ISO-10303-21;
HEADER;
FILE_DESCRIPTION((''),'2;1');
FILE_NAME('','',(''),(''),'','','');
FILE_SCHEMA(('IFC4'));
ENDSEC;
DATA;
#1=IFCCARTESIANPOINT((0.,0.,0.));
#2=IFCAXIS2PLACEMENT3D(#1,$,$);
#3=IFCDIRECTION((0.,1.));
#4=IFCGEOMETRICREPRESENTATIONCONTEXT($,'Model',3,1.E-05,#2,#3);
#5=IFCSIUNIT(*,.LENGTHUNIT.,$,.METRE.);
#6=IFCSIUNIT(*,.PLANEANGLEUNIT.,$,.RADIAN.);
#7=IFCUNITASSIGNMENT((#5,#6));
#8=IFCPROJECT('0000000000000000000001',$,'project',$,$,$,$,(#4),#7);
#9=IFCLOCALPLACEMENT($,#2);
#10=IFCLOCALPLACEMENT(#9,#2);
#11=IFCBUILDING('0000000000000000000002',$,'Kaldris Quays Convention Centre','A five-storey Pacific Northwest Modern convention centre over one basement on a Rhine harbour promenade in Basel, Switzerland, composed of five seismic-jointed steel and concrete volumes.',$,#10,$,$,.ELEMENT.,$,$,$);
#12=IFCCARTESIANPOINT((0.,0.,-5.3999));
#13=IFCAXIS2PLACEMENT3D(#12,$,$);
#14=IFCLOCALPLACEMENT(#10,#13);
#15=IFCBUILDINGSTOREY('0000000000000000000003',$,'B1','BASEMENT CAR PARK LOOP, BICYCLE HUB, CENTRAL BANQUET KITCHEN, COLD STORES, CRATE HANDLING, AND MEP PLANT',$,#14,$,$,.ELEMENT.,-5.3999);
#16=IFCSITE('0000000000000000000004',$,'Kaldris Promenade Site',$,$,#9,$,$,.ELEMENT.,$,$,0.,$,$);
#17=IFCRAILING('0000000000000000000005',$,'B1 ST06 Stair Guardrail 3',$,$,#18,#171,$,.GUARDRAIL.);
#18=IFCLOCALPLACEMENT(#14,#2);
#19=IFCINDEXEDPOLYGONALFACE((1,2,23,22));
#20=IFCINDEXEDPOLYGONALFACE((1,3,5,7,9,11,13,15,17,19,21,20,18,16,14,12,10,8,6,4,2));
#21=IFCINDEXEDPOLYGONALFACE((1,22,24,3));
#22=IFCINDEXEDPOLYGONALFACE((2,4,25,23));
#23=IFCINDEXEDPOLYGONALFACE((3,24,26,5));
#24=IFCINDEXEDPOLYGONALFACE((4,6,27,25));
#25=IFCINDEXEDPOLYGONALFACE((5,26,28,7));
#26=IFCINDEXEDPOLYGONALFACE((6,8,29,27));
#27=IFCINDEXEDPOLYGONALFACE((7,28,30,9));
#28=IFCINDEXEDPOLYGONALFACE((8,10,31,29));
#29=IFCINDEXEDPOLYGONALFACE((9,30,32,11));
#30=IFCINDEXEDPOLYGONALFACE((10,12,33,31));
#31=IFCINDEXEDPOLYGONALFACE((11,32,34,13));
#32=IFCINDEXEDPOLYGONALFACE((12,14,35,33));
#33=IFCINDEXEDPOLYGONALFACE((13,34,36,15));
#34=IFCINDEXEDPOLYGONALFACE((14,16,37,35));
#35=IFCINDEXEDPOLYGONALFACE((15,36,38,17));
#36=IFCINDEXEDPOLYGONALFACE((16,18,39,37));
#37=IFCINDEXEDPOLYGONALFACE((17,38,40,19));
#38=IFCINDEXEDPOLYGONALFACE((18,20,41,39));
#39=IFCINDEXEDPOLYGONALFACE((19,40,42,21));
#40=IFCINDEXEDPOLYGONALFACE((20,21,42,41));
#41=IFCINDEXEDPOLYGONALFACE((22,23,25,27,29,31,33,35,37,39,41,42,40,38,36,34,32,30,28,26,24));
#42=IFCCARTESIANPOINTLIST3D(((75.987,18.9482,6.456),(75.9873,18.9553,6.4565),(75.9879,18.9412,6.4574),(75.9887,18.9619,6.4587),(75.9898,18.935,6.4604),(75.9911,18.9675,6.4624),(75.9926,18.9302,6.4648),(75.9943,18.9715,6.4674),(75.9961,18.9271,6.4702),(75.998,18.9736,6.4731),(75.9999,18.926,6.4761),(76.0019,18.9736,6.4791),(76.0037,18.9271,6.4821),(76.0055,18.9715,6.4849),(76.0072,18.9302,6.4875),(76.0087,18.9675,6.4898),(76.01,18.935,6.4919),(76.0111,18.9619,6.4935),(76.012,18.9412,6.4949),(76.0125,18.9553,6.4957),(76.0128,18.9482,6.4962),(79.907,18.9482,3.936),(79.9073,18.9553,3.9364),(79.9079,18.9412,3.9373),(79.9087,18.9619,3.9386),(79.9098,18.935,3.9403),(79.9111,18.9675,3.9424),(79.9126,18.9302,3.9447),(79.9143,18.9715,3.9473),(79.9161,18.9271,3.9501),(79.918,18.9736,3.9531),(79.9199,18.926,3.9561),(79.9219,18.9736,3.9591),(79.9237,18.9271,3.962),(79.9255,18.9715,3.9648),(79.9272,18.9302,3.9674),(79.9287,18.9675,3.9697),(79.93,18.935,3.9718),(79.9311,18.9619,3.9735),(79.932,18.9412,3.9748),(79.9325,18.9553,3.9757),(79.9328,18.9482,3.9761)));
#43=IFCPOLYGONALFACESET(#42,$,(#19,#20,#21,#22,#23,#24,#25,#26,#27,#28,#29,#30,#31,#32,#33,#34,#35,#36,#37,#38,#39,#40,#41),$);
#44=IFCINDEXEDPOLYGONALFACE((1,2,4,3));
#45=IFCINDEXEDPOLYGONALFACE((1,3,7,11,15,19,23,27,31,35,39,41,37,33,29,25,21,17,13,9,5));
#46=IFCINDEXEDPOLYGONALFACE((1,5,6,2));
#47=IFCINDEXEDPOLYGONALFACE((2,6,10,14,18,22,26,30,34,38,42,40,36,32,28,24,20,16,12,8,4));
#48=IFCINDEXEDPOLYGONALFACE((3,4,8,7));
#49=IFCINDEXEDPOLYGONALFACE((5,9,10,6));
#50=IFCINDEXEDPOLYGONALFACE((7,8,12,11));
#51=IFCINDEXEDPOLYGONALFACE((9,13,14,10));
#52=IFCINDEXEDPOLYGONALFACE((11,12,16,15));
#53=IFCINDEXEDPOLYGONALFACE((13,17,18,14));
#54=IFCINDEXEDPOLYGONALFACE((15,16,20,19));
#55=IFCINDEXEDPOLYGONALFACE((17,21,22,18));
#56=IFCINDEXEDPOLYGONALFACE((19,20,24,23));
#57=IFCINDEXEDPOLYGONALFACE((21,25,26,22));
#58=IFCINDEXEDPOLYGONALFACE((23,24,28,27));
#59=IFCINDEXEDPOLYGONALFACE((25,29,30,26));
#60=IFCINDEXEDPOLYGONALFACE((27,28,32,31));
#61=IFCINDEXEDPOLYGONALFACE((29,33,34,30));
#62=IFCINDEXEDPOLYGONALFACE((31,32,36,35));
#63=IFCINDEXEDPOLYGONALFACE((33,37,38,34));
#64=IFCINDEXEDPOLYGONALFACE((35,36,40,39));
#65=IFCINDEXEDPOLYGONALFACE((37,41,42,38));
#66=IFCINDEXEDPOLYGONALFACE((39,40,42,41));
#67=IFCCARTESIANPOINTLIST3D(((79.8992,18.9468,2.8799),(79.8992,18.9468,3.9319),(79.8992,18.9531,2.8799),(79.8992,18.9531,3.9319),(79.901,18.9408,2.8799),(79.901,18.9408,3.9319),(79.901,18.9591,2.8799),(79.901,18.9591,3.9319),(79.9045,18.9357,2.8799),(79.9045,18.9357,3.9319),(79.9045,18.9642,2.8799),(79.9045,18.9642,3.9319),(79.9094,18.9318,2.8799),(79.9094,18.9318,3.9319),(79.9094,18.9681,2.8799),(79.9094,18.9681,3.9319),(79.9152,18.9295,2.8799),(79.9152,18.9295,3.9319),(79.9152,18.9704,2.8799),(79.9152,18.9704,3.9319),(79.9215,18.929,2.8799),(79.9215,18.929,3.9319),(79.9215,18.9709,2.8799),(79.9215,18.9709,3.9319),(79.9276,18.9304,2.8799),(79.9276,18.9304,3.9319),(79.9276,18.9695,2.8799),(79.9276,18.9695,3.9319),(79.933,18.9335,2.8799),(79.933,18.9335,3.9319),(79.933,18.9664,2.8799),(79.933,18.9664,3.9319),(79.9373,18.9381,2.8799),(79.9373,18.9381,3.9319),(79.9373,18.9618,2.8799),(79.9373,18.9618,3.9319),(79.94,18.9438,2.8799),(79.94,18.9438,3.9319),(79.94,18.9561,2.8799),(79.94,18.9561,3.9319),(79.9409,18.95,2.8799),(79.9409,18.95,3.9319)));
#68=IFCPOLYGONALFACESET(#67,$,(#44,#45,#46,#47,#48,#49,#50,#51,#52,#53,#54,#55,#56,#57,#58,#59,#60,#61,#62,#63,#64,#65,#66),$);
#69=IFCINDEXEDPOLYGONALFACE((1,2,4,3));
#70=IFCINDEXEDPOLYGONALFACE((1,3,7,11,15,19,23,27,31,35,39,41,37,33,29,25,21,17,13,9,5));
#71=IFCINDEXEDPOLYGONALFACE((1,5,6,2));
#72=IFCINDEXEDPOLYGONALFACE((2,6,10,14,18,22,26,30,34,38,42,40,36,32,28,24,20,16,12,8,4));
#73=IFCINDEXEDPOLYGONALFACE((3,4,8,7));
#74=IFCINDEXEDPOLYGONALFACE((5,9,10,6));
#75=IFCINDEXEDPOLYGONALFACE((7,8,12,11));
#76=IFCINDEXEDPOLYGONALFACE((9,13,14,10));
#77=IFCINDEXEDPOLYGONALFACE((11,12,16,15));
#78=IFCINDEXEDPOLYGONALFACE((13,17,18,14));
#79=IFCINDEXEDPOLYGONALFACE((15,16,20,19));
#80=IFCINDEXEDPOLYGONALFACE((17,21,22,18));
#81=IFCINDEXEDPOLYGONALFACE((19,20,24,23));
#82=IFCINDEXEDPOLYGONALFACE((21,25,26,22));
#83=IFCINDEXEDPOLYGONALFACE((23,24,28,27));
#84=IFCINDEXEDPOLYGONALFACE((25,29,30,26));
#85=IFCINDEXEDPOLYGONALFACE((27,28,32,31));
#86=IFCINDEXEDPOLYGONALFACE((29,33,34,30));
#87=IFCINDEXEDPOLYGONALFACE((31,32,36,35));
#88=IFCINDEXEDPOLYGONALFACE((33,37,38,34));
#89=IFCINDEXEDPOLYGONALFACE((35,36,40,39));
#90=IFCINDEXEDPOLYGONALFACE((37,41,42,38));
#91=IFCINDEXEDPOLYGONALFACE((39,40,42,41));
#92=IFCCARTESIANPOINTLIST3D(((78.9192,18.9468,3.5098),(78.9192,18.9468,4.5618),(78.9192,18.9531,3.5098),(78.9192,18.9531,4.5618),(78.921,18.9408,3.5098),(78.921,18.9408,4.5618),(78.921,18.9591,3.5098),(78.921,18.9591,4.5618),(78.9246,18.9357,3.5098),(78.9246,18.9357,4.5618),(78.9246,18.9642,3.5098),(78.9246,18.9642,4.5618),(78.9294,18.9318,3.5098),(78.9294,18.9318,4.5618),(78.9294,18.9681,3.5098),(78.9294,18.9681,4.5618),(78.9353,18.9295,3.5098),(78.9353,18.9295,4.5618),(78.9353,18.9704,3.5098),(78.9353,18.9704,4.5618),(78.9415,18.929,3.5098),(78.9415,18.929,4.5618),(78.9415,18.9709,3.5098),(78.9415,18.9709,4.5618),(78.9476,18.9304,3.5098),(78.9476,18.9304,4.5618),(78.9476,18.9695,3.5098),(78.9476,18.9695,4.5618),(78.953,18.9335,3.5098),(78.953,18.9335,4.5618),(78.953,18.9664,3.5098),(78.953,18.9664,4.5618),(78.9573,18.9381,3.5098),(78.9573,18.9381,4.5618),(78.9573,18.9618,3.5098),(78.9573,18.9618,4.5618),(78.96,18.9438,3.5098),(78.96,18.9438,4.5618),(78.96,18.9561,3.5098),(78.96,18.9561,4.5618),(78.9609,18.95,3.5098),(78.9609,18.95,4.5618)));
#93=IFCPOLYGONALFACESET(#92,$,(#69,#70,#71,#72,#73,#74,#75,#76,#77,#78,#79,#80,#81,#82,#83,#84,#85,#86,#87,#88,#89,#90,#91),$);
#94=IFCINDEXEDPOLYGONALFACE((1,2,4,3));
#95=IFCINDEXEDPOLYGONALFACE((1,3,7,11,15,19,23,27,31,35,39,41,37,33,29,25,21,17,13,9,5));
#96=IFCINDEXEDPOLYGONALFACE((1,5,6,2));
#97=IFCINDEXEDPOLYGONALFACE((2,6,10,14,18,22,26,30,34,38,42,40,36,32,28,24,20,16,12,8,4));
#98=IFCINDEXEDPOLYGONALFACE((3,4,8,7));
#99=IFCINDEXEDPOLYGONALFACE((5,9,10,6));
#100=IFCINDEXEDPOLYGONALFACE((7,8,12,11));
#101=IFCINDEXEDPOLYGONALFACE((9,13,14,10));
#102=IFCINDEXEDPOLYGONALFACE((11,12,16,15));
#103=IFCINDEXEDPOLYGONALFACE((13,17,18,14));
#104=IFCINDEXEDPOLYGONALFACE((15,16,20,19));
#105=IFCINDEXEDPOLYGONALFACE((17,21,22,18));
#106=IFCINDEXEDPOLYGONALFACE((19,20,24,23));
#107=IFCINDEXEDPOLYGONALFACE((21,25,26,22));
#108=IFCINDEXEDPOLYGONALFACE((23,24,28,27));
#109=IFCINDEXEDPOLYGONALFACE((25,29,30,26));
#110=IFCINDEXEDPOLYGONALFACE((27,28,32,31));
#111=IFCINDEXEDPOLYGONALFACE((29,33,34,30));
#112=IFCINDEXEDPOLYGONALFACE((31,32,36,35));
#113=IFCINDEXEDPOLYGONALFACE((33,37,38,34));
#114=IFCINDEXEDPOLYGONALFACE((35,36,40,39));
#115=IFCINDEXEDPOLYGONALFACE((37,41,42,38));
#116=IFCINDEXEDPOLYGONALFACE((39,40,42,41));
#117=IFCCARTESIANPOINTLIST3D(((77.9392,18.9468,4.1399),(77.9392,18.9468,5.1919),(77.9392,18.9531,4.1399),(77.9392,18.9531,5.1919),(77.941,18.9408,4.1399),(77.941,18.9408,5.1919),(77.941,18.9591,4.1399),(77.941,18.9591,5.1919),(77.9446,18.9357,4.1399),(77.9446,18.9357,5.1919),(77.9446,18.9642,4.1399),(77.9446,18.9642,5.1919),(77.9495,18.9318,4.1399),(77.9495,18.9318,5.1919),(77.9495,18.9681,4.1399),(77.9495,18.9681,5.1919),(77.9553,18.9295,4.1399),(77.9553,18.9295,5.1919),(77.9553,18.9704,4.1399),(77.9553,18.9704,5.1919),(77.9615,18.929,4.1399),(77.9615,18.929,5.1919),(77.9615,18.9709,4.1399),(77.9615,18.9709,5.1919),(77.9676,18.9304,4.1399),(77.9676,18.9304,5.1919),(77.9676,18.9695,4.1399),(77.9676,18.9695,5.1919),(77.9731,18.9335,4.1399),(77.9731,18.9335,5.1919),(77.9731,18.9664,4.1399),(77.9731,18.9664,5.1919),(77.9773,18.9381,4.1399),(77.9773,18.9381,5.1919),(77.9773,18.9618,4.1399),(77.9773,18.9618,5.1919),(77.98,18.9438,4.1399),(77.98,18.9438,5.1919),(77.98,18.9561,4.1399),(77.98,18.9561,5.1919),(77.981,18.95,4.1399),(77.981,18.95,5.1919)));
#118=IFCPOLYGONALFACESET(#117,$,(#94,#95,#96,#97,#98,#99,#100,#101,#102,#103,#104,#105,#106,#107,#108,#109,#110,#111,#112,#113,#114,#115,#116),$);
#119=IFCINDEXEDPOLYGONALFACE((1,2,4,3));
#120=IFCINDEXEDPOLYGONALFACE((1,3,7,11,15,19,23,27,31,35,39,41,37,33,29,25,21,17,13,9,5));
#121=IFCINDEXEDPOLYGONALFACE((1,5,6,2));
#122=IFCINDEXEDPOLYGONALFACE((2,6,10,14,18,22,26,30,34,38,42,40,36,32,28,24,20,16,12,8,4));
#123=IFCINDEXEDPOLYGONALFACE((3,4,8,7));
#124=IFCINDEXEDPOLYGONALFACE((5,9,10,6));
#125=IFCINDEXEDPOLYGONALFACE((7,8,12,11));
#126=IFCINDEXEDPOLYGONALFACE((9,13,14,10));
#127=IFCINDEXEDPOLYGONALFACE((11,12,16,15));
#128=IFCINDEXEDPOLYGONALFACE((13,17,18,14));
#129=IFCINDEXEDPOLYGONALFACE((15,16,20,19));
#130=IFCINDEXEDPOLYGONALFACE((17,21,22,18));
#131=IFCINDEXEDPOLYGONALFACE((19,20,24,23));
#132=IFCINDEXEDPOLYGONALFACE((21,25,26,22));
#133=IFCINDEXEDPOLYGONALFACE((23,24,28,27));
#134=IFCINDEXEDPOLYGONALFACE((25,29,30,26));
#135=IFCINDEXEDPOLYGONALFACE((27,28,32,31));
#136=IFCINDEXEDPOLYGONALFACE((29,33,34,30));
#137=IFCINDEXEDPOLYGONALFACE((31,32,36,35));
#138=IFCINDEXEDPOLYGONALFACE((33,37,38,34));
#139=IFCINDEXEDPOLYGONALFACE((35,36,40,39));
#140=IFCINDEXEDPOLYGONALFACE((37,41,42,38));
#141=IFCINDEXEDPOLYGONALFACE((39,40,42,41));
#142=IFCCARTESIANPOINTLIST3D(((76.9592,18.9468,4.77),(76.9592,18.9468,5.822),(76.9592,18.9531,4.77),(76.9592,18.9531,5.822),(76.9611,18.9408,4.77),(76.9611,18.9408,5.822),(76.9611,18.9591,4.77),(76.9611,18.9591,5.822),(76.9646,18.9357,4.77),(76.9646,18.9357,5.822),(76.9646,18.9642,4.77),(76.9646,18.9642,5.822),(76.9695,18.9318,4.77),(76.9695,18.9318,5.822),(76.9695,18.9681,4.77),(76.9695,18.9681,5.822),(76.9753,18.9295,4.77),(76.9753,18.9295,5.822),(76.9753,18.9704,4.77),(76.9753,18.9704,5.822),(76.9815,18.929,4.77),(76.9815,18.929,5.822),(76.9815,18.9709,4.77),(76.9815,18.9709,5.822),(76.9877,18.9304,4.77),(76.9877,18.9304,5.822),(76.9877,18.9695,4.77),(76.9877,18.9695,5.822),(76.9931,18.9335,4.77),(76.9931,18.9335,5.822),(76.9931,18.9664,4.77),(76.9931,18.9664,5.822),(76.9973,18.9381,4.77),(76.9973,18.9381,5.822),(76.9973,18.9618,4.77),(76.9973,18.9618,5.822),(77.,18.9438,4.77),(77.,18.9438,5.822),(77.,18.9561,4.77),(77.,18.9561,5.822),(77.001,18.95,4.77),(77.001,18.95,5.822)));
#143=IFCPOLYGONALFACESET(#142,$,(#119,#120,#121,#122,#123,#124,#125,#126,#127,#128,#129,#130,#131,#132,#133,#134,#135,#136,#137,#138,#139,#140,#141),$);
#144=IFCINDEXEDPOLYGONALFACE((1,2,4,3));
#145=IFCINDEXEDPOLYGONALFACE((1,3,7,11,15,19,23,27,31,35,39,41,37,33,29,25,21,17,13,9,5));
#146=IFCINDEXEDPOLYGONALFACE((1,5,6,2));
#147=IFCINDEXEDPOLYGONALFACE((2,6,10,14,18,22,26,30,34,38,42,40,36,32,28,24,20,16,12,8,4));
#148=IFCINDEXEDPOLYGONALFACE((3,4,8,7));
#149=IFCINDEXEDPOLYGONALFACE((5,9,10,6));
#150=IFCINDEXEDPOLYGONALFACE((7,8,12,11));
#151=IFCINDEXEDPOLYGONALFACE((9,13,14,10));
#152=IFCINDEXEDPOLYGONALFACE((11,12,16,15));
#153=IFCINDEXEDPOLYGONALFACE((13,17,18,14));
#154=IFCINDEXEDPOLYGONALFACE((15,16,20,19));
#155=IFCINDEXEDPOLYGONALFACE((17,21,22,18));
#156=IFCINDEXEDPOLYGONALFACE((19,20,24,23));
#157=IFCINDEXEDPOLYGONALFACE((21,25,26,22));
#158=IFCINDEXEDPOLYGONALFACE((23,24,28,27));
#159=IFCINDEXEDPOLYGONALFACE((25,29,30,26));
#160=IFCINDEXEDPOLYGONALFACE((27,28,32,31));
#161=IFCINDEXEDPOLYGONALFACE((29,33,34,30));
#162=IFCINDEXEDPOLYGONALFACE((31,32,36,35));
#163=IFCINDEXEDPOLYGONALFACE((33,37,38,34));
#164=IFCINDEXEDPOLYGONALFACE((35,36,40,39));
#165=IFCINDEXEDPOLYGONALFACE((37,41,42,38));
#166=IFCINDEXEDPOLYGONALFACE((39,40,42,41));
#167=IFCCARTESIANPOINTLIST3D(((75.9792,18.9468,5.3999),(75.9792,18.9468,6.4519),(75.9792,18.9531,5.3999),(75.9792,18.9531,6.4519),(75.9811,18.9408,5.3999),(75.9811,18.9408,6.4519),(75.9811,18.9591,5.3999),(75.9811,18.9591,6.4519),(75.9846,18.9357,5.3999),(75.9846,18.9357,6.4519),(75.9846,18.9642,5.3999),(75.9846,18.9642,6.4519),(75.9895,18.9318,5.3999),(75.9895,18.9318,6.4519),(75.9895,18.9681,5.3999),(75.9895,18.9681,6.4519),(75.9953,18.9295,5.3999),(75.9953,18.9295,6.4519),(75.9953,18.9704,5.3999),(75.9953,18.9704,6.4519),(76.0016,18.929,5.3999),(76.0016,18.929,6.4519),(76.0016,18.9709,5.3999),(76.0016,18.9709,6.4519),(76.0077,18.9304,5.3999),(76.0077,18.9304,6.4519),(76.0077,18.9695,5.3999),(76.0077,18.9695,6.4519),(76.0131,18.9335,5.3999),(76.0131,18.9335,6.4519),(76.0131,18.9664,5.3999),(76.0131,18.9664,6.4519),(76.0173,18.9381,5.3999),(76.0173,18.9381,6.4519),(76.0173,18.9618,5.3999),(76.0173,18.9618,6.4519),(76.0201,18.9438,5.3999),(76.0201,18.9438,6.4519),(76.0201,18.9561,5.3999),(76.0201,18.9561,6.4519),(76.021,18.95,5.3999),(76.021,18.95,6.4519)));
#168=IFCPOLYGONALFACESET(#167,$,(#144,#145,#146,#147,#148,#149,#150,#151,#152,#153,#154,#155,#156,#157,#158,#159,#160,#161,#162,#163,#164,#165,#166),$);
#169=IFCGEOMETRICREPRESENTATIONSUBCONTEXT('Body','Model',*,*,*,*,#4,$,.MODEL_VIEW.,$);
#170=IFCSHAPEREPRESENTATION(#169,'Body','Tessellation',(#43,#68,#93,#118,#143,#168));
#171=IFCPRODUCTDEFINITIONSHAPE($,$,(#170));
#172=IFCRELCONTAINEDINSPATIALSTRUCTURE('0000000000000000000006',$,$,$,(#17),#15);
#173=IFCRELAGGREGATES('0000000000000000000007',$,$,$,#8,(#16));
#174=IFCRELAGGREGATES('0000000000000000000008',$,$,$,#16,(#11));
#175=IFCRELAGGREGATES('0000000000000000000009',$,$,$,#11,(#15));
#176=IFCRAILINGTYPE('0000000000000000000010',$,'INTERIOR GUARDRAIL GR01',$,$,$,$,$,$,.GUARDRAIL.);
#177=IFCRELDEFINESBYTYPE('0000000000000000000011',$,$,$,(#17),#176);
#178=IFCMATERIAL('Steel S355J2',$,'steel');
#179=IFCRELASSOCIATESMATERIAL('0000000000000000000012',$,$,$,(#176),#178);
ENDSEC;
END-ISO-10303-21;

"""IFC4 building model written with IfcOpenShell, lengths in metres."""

from ifc_helpers import new_model, si_unit, direction, frame, origin, origin_2d, place, context, subcontext, project, spatial, circle, extrude, material, type_object, element, save


model = new_model("IFC4")

# Units and contexts
model_context = context("Model", 3, precision=1e-05, world=origin(), true_north=direction((0.0, 1.0)))
body_context = subcontext(model_context, "Body", "Model", "MODEL_VIEW")
ifc_project = project(units=[si_unit("LENGTHUNIT", "METRE"), si_unit("PLANEANGLEUNIT", "RADIAN")], contexts=[model_context])

# Site, building, storey
site_placement = place(None, origin())
site = spatial("IfcSite", under=ifc_project, at=site_placement, Name="Kaldris Promenade Site", CompositionType="ELEMENT", RefElevation=0.0)
building_placement = place(site_placement, origin())
building = spatial("IfcBuilding", under=site, at=building_placement, Name="Kaldris Quays Convention Centre", Description="A five-storey Pacific Northwest Modern convention centre over one basement on a Rhine harbour promenade in Basel, Switzerland, composed of five seismic-jointed steel and concrete volumes.", CompositionType="ELEMENT")
storey_placement = place(building_placement, frame((0.0, 0.0, -5.3999)))
storey = spatial("IfcBuildingStorey", under=building, at=storey_placement, Name="B1", Description="BASEMENT CAR PARK LOOP, BICYCLE HUB, CENTRAL BANQUET KITCHEN, COLD STORES, CRATE HANDLING, AND MEP PLANT", CompositionType="ELEMENT", Elevation=-5.3999)

# Shared definitions
ifc_material_1 = material(Name="Steel S355J2", Category="steel")

# Railing
railing_type_1 = type_object("IfcRailingType", Name="INTERIOR GUARDRAIL GR01", PredefinedType="GUARDRAIL", material=ifc_material_1)
railing_1_placement = place(storey_placement, frame((79.9199, 18.95, 2.8799)))
element("IfcRailing", 1, at=railing_1_placement, inside=storey, type_object=railing_type_1, Name="B1 ST06 Stair Guardrail 3", PredefinedType="GUARDRAIL", context=body_context, shape_type="SweptSolid", body=[
    extrude(circle(Radius=0.0239, at=origin_2d()), frame((0.0, 0.0, 1.0762), z_axis=(-0.841172, 0.0, 0.540768), x_axis=(0.0, -1.0, 0.0)), (0.0, 0.0, 1.0), 4.6602),
    extrude(circle(Radius=0.021, at=origin_2d()), origin(), (0.0, 0.0, 1.0), 1.052),
    extrude(circle(Radius=0.021, at=origin_2d()), frame((-0.98, 0.0, 0.6299)), (0.0, 0.0, 1.0), 1.052),
    extrude(circle(Radius=0.021, at=origin_2d()), frame((-1.96, 0.0, 1.26)), (0.0, 0.0, 1.0), 1.052),
    extrude(circle(Radius=0.021, at=origin_2d()), frame((-2.9399, 0.0, 1.8901)), (0.0, 0.0, 1.0), 1.052),
    extrude(circle(Radius=0.021, at=origin_2d()), frame((-3.9199, 0.0, 2.52)), (0.0, 0.0, 1.0), 1.052),
])

save(model, "model.ifc")
